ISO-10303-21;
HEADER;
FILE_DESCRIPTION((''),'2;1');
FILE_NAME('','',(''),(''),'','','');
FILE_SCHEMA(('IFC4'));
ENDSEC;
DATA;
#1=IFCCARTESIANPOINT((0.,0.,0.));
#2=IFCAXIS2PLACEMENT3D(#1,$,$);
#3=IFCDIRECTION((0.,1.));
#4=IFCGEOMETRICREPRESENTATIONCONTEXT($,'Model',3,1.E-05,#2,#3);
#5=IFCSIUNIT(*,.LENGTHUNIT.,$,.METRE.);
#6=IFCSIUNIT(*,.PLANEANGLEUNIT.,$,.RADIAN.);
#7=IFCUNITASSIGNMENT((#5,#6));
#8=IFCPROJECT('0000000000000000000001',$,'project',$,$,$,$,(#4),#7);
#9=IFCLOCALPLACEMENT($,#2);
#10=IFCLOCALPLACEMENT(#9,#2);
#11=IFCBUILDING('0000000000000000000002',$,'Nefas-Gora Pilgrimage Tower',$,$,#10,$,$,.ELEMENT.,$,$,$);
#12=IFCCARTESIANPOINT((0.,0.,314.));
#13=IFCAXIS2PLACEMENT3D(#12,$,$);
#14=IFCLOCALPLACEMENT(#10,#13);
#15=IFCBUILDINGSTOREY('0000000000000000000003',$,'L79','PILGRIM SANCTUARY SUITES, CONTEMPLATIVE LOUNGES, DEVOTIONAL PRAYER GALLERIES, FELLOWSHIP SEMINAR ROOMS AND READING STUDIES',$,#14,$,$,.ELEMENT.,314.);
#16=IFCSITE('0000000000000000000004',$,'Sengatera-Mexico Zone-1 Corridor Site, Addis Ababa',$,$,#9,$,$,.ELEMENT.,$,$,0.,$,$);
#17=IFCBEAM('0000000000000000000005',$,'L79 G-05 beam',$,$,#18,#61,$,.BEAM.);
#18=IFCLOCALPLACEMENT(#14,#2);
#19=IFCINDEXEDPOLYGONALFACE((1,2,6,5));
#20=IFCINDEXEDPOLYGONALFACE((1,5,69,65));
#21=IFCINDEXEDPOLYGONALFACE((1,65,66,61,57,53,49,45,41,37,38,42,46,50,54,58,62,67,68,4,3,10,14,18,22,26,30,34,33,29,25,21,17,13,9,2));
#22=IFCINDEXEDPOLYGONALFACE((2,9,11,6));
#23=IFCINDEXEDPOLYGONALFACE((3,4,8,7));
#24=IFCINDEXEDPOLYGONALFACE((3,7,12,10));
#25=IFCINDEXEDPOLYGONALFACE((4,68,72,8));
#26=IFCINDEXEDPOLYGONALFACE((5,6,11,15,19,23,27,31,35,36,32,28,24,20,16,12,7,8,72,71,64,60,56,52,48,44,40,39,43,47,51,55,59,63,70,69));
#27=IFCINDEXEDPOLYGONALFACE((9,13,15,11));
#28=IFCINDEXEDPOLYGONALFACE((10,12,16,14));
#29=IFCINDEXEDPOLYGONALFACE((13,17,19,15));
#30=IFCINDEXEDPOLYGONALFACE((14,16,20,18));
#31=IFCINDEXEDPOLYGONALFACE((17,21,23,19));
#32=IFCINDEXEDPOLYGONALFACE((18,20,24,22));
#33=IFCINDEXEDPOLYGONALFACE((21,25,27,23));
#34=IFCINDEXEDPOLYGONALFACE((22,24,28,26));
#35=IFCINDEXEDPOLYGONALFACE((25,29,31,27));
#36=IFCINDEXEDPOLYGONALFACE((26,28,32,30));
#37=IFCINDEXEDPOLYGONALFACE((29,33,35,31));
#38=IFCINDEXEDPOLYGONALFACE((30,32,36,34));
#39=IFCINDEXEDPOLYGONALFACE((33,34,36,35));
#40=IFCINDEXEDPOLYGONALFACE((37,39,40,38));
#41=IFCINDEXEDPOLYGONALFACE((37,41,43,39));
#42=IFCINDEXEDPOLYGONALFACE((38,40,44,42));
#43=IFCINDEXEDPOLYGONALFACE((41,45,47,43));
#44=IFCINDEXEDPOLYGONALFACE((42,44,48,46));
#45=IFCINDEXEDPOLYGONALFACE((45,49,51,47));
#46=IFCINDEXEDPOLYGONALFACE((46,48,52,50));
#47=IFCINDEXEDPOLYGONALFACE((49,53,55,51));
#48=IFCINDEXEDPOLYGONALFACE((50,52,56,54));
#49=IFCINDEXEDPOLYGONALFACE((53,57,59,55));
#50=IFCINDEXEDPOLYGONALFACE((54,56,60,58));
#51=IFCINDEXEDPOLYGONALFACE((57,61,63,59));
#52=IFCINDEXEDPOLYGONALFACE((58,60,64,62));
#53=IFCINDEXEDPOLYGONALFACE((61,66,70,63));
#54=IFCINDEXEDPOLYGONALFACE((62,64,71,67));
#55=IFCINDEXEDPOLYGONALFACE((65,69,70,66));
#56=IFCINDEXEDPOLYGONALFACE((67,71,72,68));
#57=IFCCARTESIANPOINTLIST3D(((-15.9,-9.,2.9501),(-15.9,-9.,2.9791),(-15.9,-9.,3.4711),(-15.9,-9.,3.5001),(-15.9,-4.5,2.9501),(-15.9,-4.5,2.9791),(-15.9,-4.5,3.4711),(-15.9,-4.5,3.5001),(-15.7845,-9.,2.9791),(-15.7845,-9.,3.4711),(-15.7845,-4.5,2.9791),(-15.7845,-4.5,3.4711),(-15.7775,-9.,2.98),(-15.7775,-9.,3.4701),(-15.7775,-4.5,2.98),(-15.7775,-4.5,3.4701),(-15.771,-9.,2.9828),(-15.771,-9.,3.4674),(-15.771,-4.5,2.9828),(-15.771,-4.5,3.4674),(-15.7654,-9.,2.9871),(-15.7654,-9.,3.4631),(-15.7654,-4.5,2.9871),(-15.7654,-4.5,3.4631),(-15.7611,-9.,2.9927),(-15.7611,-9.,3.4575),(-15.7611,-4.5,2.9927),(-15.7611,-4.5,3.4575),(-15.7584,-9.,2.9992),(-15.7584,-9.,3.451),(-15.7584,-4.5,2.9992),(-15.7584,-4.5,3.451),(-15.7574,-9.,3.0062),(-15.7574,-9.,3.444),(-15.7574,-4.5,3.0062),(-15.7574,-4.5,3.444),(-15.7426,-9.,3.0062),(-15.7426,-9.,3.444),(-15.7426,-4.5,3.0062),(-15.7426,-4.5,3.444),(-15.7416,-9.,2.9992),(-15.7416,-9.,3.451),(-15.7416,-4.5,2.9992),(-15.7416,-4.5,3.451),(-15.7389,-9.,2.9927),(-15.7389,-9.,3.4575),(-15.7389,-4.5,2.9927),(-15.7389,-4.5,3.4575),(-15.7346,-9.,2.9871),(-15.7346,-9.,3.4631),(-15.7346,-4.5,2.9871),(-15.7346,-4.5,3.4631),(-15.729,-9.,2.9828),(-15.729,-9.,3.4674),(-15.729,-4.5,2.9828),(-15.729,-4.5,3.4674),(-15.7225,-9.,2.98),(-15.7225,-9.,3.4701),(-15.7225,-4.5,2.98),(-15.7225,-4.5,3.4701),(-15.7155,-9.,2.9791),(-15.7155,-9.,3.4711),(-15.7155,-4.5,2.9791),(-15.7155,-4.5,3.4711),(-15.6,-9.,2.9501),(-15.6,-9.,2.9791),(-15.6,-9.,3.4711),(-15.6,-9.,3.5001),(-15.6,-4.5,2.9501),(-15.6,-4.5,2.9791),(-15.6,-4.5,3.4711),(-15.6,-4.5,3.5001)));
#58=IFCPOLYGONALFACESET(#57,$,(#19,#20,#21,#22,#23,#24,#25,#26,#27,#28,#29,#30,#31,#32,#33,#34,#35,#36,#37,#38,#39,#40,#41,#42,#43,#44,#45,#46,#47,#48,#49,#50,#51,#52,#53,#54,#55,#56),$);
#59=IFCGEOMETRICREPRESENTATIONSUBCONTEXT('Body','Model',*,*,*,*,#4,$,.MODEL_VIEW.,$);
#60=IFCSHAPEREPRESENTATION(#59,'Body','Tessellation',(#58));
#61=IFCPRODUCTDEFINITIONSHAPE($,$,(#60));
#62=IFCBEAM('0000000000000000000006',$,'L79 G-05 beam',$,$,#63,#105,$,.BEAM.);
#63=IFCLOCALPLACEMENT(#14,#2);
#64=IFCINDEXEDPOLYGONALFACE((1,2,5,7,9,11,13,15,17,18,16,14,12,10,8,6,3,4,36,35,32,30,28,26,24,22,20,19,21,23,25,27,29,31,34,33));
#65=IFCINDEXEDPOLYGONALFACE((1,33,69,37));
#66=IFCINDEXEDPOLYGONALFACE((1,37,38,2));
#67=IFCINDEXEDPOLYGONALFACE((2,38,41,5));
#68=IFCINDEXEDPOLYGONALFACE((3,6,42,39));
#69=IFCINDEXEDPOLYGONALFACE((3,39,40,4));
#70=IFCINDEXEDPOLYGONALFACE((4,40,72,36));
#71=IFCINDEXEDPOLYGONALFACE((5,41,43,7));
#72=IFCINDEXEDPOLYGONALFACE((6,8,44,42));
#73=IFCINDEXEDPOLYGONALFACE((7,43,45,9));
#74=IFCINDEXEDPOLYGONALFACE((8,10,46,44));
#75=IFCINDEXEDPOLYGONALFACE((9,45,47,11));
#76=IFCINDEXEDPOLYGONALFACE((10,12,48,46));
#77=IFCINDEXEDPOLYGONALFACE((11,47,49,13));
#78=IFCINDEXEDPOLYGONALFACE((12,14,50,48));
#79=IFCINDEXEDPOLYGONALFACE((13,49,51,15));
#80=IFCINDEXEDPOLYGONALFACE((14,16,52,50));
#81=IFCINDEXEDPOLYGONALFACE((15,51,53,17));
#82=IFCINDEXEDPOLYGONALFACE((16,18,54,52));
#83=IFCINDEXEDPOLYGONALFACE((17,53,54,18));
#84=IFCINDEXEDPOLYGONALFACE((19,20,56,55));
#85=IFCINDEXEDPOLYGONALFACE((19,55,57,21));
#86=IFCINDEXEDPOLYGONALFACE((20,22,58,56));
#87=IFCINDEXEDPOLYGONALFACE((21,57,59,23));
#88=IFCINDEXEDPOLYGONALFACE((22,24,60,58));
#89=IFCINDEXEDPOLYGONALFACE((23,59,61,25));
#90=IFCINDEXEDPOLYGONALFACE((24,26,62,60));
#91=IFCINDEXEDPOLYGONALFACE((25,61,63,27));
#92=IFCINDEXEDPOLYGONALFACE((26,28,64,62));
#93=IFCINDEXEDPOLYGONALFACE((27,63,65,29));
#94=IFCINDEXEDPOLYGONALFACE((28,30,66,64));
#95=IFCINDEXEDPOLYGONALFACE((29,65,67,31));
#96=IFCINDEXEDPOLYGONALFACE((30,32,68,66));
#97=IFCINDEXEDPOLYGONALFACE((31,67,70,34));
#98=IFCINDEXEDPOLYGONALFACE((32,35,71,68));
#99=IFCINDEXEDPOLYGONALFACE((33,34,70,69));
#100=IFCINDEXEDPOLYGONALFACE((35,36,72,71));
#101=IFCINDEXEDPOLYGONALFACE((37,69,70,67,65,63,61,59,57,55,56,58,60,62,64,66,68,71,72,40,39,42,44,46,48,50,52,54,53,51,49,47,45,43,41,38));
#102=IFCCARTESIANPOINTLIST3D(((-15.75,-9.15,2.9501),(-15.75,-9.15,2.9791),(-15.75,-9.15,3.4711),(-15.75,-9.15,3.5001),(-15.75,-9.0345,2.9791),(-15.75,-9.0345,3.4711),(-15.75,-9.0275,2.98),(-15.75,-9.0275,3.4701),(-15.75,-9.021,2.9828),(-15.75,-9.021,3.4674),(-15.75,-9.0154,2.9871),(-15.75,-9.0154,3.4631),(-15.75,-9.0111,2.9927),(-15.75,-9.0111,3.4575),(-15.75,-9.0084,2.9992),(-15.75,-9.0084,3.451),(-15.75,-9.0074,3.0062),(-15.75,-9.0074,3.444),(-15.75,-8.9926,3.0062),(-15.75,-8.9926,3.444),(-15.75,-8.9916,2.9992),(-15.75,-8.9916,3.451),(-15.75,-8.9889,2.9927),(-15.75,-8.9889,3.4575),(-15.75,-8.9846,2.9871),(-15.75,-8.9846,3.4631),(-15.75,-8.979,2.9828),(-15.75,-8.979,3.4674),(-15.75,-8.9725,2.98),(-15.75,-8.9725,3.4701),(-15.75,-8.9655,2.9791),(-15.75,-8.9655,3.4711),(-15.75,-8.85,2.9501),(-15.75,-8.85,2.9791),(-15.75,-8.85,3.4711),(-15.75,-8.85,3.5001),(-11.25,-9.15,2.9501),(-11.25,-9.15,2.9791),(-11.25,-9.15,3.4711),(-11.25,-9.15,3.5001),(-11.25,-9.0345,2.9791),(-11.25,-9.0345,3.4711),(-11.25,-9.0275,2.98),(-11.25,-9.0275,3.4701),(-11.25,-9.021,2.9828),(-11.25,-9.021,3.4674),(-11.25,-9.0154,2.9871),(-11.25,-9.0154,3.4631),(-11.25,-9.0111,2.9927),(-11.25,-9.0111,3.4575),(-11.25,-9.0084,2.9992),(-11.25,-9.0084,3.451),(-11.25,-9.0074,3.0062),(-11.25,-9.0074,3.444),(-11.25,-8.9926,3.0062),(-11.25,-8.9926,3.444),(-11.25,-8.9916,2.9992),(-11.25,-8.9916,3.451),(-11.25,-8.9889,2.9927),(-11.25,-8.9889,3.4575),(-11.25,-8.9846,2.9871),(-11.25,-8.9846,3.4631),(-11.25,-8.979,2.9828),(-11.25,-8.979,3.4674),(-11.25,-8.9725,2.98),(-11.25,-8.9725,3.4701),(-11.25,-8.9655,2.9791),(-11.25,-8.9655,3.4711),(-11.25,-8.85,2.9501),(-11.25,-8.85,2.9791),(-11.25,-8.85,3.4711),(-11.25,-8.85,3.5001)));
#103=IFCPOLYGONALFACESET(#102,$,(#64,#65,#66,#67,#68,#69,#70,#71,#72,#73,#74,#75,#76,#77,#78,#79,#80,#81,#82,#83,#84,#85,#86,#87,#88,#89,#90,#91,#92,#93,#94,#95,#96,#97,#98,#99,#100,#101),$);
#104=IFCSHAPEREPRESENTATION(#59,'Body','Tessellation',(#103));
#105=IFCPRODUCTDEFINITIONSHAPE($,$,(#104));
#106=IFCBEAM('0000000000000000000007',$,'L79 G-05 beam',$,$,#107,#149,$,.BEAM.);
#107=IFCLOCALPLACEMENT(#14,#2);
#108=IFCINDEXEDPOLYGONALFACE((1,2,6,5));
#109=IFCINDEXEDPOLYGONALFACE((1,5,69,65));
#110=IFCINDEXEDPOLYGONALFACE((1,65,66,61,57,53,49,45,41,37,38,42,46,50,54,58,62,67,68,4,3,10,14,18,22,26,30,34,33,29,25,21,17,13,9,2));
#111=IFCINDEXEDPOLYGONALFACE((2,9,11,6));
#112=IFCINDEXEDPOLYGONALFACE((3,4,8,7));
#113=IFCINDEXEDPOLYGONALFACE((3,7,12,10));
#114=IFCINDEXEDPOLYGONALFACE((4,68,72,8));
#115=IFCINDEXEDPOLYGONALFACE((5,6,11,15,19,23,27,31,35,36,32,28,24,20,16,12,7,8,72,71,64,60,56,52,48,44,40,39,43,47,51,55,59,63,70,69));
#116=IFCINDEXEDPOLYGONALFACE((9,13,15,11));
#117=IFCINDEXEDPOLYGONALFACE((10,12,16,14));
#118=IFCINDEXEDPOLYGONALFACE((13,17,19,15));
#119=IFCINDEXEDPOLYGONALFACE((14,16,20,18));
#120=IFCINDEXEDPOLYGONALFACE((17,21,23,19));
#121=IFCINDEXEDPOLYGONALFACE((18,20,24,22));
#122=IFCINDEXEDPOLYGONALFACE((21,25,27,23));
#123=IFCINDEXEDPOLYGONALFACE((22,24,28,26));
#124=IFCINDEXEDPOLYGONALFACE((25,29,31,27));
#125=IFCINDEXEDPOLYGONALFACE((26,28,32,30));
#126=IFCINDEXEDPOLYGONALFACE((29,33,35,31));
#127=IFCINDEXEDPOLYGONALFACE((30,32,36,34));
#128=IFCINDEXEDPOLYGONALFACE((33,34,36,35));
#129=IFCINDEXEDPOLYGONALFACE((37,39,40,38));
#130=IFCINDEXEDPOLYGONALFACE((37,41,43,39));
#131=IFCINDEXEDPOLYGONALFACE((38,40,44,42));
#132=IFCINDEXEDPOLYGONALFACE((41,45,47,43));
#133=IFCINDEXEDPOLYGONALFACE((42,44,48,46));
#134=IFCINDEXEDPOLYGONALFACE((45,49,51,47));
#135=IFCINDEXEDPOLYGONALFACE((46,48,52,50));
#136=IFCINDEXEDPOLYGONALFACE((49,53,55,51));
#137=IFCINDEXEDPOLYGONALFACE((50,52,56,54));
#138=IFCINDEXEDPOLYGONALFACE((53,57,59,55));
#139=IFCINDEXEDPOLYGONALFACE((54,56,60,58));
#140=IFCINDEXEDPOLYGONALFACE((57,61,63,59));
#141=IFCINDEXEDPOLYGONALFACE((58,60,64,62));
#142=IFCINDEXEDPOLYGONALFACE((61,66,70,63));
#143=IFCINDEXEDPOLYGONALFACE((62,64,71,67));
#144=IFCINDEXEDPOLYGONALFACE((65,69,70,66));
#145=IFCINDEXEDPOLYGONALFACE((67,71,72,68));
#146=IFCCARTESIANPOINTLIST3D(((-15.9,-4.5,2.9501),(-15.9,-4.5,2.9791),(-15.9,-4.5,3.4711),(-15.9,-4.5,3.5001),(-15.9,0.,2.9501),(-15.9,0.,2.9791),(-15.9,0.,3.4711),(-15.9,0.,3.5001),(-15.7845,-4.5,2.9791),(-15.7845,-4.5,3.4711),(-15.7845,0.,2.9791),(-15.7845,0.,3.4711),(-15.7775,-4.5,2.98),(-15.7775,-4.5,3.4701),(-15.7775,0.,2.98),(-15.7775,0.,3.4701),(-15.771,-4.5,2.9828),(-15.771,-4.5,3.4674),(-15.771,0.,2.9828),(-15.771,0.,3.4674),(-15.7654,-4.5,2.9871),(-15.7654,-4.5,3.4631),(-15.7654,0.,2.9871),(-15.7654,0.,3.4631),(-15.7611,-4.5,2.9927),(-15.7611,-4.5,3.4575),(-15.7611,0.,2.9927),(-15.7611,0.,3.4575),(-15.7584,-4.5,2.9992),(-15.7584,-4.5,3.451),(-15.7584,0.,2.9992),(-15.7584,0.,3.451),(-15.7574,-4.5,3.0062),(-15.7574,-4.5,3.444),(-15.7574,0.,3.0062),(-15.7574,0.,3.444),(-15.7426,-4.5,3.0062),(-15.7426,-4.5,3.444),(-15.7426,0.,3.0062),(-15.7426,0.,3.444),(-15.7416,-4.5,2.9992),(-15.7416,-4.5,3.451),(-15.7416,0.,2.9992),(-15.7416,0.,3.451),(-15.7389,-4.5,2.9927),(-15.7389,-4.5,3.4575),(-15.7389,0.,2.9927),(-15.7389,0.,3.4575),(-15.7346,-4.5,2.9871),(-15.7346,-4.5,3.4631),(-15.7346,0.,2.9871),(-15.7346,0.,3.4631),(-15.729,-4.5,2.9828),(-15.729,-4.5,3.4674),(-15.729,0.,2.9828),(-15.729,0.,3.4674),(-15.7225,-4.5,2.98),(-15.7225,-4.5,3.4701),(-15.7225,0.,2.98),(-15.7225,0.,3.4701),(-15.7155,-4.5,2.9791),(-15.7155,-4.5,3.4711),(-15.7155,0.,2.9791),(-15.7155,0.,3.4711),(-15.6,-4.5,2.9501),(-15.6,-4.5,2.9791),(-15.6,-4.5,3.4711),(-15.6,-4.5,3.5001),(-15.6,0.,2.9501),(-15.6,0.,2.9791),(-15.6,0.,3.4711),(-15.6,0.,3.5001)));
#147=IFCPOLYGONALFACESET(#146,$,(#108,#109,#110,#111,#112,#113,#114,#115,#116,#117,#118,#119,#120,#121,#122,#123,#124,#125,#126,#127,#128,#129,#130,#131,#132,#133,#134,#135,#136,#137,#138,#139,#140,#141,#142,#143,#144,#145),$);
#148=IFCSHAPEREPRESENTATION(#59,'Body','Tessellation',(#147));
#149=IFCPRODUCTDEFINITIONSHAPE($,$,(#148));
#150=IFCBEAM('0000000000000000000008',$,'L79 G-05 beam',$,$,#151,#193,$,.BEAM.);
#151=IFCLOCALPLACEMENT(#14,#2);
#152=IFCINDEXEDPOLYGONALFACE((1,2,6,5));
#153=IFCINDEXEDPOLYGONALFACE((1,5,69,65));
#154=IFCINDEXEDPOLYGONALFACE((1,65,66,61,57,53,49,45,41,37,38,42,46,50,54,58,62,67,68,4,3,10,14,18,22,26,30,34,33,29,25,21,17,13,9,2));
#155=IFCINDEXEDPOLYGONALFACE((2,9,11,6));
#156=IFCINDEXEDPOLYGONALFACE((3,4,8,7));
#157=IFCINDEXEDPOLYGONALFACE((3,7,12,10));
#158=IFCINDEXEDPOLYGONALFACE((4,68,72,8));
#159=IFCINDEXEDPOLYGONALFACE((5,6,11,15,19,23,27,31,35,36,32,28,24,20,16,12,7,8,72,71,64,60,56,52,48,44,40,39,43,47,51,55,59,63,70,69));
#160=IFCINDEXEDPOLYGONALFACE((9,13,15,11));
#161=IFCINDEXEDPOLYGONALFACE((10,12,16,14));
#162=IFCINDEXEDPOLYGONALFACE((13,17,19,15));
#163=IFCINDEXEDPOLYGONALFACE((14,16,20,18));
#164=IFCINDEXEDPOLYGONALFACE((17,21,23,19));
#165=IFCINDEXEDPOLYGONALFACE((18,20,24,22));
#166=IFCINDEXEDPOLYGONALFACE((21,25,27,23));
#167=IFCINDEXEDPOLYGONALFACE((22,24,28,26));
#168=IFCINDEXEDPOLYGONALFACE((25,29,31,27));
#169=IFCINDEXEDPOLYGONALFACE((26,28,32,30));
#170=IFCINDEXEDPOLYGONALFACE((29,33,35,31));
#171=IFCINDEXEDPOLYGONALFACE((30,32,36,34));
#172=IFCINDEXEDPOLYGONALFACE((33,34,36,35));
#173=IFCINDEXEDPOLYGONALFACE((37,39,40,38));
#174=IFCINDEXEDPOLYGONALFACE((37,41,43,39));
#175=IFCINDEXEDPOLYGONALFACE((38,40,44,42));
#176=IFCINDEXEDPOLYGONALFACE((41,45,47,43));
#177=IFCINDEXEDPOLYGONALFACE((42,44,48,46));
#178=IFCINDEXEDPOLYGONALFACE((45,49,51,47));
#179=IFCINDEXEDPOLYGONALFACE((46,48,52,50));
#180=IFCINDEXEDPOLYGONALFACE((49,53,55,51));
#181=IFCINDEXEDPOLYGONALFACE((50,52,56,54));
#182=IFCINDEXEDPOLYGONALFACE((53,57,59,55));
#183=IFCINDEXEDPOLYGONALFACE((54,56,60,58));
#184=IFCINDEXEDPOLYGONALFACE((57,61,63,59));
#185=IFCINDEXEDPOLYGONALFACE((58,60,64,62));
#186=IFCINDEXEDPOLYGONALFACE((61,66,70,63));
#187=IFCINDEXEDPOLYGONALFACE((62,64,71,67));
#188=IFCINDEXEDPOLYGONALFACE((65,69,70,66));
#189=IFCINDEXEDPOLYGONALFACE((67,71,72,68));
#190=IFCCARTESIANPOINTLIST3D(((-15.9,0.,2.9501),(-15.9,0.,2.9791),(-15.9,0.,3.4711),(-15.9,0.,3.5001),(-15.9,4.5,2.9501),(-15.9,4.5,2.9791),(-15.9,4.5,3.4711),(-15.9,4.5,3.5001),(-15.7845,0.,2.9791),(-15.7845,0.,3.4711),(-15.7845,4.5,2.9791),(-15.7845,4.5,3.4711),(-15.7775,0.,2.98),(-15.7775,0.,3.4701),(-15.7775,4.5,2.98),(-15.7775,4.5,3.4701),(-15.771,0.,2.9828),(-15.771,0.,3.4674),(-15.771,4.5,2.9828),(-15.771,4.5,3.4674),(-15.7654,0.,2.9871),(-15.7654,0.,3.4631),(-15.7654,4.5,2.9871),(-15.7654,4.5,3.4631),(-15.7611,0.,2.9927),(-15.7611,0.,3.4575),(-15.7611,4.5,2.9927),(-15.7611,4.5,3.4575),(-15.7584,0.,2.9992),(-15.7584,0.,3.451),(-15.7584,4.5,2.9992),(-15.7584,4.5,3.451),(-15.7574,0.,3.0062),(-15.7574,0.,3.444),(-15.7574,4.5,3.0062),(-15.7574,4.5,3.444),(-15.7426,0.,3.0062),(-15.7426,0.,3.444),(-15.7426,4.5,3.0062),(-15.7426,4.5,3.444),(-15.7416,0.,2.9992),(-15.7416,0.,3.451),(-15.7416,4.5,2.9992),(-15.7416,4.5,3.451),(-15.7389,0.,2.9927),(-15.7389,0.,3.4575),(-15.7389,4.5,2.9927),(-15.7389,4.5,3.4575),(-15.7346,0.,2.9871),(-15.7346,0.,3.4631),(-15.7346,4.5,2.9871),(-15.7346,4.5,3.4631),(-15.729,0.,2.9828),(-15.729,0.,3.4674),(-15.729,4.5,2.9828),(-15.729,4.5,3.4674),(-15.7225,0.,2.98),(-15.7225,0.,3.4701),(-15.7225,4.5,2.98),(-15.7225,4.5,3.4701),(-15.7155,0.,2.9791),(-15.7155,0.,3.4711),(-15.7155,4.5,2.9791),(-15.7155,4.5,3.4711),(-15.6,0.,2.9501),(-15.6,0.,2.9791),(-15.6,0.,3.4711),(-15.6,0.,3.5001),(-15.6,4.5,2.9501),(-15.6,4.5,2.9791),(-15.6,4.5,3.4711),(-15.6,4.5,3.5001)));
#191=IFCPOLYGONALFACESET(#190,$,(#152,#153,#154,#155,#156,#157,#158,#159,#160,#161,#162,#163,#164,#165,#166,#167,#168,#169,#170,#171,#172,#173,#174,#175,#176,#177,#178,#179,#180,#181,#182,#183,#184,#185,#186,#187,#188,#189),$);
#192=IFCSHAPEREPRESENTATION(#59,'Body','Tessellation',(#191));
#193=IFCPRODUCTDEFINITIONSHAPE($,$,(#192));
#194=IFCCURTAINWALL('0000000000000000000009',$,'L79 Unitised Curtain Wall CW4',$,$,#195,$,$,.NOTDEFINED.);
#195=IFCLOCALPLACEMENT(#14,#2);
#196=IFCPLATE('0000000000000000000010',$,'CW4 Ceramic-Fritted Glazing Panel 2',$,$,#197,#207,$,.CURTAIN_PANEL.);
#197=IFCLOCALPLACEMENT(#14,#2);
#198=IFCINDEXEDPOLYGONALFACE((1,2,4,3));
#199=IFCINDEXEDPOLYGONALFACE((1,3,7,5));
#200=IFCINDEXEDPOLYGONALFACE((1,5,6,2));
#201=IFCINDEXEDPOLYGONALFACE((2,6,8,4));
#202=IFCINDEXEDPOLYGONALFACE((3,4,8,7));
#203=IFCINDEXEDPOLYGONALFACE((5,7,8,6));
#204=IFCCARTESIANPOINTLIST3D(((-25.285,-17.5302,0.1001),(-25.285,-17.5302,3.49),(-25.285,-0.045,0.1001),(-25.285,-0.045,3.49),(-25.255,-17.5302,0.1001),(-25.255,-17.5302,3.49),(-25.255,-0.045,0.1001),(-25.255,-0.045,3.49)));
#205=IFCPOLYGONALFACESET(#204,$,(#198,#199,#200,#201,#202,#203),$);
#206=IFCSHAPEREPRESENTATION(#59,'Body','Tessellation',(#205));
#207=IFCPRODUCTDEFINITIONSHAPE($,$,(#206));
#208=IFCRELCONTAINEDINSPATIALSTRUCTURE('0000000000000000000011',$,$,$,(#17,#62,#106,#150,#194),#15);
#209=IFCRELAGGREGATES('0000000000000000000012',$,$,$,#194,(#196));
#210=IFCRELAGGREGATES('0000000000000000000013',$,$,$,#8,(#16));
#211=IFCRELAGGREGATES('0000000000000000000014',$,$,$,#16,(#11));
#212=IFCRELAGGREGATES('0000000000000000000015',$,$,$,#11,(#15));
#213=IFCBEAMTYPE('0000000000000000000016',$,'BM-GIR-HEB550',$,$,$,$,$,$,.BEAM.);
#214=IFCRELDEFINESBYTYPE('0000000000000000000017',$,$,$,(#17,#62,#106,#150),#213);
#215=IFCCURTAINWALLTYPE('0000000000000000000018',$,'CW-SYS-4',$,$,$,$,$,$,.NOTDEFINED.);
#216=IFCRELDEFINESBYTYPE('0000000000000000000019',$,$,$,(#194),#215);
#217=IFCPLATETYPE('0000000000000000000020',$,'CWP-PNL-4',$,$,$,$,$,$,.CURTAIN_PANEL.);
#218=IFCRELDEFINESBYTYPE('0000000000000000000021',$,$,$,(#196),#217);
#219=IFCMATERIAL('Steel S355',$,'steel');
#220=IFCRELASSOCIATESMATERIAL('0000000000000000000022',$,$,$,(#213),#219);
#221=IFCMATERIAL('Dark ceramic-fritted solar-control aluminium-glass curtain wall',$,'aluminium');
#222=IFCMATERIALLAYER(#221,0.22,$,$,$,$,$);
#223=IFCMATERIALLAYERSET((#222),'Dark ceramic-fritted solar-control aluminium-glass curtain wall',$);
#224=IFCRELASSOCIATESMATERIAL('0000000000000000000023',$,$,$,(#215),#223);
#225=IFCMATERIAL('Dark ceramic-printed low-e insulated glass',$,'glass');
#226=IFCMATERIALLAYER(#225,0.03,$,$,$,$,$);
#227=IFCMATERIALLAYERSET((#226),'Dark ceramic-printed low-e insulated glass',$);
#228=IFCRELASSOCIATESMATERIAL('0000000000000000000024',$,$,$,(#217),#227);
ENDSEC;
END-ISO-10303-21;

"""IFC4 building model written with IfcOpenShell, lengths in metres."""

from ifc_helpers import new_model, si_unit, direction, frame, origin, origin_2d, place, context, subcontext, project, spatial, rectangle, i_section, extrude, source, transform, mapped, material, layer, layer_set, material_profile, profile_set, type_object, element, aggregate, save


model = new_model("IFC4")

# Units and contexts
model_context = context("Model", 3, precision=1e-05, world=origin(), true_north=direction((0.0, 1.0)))
body_context = subcontext(model_context, "Body", "Model", "MODEL_VIEW")
ifc_project = project(units=[si_unit("LENGTHUNIT", "METRE"), si_unit("PLANEANGLEUNIT", "RADIAN")], contexts=[model_context])

# Site, building, storey
site_placement = place(None, origin())
site = spatial("IfcSite", under=ifc_project, at=site_placement, Name="Sengatera-Mexico Zone-1 Corridor Site, Addis Ababa", CompositionType="ELEMENT", RefElevation=0.0)
building_placement = place(site_placement, origin())
building = spatial("IfcBuilding", under=site, at=building_placement, Name="Nefas-Gora Pilgrimage Tower", CompositionType="ELEMENT")
storey_placement = place(building_placement, frame((0.0, 0.0, 314.0)))
storey = spatial("IfcBuildingStorey", under=building, at=storey_placement, Name="L79", Description="PILGRIM SANCTUARY SUITES, CONTEMPLATIVE LOUNGES, DEVOTIONAL PRAYER GALLERIES, FELLOWSHIP SEMINAR ROOMS AND READING STUDIES", CompositionType="ELEMENT", Elevation=314.0)

# Shared definitions
ifc_material_1 = material(Name="Steel S355", Category="steel")

# Beams
ifc_material_profile_1 = material_profile(ifc_material_1, i_section(OverallWidth=0.3, OverallDepth=0.55, WebThickness=0.0149, FlangeThickness=0.0291, FilletRadius=0.0271, at=origin_2d()), Name="HEB 550")
ifc_profile_set_1 = profile_set([ifc_material_profile_1], Name="Steel S355")
beam_type_1 = type_object("IfcBeamType", Name="BM-GIR-HEB550", PredefinedType="BEAM", material=ifc_profile_set_1)
shared_shape_1 = source(origin(), body_context, "Body", "SweptSolid", [
    extrude(i_section(OverallWidth=0.3, OverallDepth=0.55, WebThickness=0.0149, FlangeThickness=0.0291, FilletRadius=0.0271, at=origin_2d()), origin(), (0.0, 0.0, 1.0), 4.5),
])
for number, where, z_axis, x_axis, name in (
    (1, (-15.75, -9.0, 3.2251), (0.0, 1.0, 0.0), (-1.0, 0.0, 0.0), "L79 G-05 beam"),
    (2, (-15.75, -9.0, 3.2251), (1.0, 0.0, 0.0), (0.0, 1.0, 0.0), "L79 G-05 beam"),
    (3, (-15.75, -4.5, 3.2251), (0.0, 1.0, 0.0), (-1.0, 0.0, 0.0), "L79 G-05 beam"),
    (4, (-15.75, 0.0, 3.2251), (0.0, 1.0, 0.0), (-1.0, 0.0, 0.0), "L79 G-05 beam"),
):
    element("IfcBeam", number, at=place(storey_placement, frame(where, z_axis=z_axis, x_axis=x_axis)), inside=storey, type_object=beam_type_1, Name=name, PredefinedType="BEAM", context=body_context, shape_type="MappedRepresentation", body=[
        mapped(shared_shape_1, transform((0.0, 0.0, 0.0), x_axis=(1.0, 0.0, 0.0), y_axis=(0.0, 1.0, 0.0), z_axis=(0.0, 0.0, 1.0), scale=1.0)),
    ])

# Curtain wall, plate
ifc_material_2 = material(Name="Dark ceramic-fritted solar-control aluminium-glass curtain wall", Category="aluminium")
ifc_layer_1 = layer(ifc_material_2, 0.22)
ifc_layer_set_1 = layer_set([ifc_layer_1], Name="Dark ceramic-fritted solar-control aluminium-glass curtain wall")
curtain_wall_type = type_object("IfcCurtainWallType", Name="CW-SYS-4", PredefinedType="NOTDEFINED", material=ifc_layer_set_1)
curtain_wall_placement = place(storey_placement, origin())
curtain_wall = element("IfcCurtainWall", 5, at=curtain_wall_placement, inside=storey, type_object=curtain_wall_type, Name="L79 Unitised Curtain Wall CW4", PredefinedType="NOTDEFINED")
ifc_material_3 = material(Name="Dark ceramic-printed low-e insulated glass", Category="glass")
ifc_layer_2 = layer(ifc_material_3, 0.03)
ifc_layer_set_2 = layer_set([ifc_layer_2], Name="Dark ceramic-printed low-e insulated glass")
plate_type = type_object("IfcPlateType", Name="CWP-PNL-4", PredefinedType="CURTAIN_PANEL", material=ifc_layer_set_2)
shared_shape_2 = source(origin(), body_context, "Body", "SweptSolid", [
    extrude(rectangle(XDim=17.4851, YDim=0.03, at=origin_2d()), origin(), (0.0, 0.0, 1.0), 3.3899),
])
plate_placement = place(storey_placement, frame((-25.27, -8.7876, 0.1001), z_axis=(0.0, 0.0, 1.0), x_axis=(0.0, -1.0, 0.0)))
plate = element("IfcPlate", 6, at=plate_placement, type_object=plate_type, Name="CW4 Ceramic-Fritted Glazing Panel 2", PredefinedType="CURTAIN_PANEL", context=body_context, shape_type="MappedRepresentation", body=[
    mapped(shared_shape_2, transform((0.0, 0.0, 0.0), x_axis=(1.0, 0.0, 0.0), y_axis=(0.0, 1.0, 0.0), z_axis=(0.0, 0.0, 1.0), scale=1.0)),
])
aggregate(curtain_wall, [plate])

save(model, "model.ifc")
